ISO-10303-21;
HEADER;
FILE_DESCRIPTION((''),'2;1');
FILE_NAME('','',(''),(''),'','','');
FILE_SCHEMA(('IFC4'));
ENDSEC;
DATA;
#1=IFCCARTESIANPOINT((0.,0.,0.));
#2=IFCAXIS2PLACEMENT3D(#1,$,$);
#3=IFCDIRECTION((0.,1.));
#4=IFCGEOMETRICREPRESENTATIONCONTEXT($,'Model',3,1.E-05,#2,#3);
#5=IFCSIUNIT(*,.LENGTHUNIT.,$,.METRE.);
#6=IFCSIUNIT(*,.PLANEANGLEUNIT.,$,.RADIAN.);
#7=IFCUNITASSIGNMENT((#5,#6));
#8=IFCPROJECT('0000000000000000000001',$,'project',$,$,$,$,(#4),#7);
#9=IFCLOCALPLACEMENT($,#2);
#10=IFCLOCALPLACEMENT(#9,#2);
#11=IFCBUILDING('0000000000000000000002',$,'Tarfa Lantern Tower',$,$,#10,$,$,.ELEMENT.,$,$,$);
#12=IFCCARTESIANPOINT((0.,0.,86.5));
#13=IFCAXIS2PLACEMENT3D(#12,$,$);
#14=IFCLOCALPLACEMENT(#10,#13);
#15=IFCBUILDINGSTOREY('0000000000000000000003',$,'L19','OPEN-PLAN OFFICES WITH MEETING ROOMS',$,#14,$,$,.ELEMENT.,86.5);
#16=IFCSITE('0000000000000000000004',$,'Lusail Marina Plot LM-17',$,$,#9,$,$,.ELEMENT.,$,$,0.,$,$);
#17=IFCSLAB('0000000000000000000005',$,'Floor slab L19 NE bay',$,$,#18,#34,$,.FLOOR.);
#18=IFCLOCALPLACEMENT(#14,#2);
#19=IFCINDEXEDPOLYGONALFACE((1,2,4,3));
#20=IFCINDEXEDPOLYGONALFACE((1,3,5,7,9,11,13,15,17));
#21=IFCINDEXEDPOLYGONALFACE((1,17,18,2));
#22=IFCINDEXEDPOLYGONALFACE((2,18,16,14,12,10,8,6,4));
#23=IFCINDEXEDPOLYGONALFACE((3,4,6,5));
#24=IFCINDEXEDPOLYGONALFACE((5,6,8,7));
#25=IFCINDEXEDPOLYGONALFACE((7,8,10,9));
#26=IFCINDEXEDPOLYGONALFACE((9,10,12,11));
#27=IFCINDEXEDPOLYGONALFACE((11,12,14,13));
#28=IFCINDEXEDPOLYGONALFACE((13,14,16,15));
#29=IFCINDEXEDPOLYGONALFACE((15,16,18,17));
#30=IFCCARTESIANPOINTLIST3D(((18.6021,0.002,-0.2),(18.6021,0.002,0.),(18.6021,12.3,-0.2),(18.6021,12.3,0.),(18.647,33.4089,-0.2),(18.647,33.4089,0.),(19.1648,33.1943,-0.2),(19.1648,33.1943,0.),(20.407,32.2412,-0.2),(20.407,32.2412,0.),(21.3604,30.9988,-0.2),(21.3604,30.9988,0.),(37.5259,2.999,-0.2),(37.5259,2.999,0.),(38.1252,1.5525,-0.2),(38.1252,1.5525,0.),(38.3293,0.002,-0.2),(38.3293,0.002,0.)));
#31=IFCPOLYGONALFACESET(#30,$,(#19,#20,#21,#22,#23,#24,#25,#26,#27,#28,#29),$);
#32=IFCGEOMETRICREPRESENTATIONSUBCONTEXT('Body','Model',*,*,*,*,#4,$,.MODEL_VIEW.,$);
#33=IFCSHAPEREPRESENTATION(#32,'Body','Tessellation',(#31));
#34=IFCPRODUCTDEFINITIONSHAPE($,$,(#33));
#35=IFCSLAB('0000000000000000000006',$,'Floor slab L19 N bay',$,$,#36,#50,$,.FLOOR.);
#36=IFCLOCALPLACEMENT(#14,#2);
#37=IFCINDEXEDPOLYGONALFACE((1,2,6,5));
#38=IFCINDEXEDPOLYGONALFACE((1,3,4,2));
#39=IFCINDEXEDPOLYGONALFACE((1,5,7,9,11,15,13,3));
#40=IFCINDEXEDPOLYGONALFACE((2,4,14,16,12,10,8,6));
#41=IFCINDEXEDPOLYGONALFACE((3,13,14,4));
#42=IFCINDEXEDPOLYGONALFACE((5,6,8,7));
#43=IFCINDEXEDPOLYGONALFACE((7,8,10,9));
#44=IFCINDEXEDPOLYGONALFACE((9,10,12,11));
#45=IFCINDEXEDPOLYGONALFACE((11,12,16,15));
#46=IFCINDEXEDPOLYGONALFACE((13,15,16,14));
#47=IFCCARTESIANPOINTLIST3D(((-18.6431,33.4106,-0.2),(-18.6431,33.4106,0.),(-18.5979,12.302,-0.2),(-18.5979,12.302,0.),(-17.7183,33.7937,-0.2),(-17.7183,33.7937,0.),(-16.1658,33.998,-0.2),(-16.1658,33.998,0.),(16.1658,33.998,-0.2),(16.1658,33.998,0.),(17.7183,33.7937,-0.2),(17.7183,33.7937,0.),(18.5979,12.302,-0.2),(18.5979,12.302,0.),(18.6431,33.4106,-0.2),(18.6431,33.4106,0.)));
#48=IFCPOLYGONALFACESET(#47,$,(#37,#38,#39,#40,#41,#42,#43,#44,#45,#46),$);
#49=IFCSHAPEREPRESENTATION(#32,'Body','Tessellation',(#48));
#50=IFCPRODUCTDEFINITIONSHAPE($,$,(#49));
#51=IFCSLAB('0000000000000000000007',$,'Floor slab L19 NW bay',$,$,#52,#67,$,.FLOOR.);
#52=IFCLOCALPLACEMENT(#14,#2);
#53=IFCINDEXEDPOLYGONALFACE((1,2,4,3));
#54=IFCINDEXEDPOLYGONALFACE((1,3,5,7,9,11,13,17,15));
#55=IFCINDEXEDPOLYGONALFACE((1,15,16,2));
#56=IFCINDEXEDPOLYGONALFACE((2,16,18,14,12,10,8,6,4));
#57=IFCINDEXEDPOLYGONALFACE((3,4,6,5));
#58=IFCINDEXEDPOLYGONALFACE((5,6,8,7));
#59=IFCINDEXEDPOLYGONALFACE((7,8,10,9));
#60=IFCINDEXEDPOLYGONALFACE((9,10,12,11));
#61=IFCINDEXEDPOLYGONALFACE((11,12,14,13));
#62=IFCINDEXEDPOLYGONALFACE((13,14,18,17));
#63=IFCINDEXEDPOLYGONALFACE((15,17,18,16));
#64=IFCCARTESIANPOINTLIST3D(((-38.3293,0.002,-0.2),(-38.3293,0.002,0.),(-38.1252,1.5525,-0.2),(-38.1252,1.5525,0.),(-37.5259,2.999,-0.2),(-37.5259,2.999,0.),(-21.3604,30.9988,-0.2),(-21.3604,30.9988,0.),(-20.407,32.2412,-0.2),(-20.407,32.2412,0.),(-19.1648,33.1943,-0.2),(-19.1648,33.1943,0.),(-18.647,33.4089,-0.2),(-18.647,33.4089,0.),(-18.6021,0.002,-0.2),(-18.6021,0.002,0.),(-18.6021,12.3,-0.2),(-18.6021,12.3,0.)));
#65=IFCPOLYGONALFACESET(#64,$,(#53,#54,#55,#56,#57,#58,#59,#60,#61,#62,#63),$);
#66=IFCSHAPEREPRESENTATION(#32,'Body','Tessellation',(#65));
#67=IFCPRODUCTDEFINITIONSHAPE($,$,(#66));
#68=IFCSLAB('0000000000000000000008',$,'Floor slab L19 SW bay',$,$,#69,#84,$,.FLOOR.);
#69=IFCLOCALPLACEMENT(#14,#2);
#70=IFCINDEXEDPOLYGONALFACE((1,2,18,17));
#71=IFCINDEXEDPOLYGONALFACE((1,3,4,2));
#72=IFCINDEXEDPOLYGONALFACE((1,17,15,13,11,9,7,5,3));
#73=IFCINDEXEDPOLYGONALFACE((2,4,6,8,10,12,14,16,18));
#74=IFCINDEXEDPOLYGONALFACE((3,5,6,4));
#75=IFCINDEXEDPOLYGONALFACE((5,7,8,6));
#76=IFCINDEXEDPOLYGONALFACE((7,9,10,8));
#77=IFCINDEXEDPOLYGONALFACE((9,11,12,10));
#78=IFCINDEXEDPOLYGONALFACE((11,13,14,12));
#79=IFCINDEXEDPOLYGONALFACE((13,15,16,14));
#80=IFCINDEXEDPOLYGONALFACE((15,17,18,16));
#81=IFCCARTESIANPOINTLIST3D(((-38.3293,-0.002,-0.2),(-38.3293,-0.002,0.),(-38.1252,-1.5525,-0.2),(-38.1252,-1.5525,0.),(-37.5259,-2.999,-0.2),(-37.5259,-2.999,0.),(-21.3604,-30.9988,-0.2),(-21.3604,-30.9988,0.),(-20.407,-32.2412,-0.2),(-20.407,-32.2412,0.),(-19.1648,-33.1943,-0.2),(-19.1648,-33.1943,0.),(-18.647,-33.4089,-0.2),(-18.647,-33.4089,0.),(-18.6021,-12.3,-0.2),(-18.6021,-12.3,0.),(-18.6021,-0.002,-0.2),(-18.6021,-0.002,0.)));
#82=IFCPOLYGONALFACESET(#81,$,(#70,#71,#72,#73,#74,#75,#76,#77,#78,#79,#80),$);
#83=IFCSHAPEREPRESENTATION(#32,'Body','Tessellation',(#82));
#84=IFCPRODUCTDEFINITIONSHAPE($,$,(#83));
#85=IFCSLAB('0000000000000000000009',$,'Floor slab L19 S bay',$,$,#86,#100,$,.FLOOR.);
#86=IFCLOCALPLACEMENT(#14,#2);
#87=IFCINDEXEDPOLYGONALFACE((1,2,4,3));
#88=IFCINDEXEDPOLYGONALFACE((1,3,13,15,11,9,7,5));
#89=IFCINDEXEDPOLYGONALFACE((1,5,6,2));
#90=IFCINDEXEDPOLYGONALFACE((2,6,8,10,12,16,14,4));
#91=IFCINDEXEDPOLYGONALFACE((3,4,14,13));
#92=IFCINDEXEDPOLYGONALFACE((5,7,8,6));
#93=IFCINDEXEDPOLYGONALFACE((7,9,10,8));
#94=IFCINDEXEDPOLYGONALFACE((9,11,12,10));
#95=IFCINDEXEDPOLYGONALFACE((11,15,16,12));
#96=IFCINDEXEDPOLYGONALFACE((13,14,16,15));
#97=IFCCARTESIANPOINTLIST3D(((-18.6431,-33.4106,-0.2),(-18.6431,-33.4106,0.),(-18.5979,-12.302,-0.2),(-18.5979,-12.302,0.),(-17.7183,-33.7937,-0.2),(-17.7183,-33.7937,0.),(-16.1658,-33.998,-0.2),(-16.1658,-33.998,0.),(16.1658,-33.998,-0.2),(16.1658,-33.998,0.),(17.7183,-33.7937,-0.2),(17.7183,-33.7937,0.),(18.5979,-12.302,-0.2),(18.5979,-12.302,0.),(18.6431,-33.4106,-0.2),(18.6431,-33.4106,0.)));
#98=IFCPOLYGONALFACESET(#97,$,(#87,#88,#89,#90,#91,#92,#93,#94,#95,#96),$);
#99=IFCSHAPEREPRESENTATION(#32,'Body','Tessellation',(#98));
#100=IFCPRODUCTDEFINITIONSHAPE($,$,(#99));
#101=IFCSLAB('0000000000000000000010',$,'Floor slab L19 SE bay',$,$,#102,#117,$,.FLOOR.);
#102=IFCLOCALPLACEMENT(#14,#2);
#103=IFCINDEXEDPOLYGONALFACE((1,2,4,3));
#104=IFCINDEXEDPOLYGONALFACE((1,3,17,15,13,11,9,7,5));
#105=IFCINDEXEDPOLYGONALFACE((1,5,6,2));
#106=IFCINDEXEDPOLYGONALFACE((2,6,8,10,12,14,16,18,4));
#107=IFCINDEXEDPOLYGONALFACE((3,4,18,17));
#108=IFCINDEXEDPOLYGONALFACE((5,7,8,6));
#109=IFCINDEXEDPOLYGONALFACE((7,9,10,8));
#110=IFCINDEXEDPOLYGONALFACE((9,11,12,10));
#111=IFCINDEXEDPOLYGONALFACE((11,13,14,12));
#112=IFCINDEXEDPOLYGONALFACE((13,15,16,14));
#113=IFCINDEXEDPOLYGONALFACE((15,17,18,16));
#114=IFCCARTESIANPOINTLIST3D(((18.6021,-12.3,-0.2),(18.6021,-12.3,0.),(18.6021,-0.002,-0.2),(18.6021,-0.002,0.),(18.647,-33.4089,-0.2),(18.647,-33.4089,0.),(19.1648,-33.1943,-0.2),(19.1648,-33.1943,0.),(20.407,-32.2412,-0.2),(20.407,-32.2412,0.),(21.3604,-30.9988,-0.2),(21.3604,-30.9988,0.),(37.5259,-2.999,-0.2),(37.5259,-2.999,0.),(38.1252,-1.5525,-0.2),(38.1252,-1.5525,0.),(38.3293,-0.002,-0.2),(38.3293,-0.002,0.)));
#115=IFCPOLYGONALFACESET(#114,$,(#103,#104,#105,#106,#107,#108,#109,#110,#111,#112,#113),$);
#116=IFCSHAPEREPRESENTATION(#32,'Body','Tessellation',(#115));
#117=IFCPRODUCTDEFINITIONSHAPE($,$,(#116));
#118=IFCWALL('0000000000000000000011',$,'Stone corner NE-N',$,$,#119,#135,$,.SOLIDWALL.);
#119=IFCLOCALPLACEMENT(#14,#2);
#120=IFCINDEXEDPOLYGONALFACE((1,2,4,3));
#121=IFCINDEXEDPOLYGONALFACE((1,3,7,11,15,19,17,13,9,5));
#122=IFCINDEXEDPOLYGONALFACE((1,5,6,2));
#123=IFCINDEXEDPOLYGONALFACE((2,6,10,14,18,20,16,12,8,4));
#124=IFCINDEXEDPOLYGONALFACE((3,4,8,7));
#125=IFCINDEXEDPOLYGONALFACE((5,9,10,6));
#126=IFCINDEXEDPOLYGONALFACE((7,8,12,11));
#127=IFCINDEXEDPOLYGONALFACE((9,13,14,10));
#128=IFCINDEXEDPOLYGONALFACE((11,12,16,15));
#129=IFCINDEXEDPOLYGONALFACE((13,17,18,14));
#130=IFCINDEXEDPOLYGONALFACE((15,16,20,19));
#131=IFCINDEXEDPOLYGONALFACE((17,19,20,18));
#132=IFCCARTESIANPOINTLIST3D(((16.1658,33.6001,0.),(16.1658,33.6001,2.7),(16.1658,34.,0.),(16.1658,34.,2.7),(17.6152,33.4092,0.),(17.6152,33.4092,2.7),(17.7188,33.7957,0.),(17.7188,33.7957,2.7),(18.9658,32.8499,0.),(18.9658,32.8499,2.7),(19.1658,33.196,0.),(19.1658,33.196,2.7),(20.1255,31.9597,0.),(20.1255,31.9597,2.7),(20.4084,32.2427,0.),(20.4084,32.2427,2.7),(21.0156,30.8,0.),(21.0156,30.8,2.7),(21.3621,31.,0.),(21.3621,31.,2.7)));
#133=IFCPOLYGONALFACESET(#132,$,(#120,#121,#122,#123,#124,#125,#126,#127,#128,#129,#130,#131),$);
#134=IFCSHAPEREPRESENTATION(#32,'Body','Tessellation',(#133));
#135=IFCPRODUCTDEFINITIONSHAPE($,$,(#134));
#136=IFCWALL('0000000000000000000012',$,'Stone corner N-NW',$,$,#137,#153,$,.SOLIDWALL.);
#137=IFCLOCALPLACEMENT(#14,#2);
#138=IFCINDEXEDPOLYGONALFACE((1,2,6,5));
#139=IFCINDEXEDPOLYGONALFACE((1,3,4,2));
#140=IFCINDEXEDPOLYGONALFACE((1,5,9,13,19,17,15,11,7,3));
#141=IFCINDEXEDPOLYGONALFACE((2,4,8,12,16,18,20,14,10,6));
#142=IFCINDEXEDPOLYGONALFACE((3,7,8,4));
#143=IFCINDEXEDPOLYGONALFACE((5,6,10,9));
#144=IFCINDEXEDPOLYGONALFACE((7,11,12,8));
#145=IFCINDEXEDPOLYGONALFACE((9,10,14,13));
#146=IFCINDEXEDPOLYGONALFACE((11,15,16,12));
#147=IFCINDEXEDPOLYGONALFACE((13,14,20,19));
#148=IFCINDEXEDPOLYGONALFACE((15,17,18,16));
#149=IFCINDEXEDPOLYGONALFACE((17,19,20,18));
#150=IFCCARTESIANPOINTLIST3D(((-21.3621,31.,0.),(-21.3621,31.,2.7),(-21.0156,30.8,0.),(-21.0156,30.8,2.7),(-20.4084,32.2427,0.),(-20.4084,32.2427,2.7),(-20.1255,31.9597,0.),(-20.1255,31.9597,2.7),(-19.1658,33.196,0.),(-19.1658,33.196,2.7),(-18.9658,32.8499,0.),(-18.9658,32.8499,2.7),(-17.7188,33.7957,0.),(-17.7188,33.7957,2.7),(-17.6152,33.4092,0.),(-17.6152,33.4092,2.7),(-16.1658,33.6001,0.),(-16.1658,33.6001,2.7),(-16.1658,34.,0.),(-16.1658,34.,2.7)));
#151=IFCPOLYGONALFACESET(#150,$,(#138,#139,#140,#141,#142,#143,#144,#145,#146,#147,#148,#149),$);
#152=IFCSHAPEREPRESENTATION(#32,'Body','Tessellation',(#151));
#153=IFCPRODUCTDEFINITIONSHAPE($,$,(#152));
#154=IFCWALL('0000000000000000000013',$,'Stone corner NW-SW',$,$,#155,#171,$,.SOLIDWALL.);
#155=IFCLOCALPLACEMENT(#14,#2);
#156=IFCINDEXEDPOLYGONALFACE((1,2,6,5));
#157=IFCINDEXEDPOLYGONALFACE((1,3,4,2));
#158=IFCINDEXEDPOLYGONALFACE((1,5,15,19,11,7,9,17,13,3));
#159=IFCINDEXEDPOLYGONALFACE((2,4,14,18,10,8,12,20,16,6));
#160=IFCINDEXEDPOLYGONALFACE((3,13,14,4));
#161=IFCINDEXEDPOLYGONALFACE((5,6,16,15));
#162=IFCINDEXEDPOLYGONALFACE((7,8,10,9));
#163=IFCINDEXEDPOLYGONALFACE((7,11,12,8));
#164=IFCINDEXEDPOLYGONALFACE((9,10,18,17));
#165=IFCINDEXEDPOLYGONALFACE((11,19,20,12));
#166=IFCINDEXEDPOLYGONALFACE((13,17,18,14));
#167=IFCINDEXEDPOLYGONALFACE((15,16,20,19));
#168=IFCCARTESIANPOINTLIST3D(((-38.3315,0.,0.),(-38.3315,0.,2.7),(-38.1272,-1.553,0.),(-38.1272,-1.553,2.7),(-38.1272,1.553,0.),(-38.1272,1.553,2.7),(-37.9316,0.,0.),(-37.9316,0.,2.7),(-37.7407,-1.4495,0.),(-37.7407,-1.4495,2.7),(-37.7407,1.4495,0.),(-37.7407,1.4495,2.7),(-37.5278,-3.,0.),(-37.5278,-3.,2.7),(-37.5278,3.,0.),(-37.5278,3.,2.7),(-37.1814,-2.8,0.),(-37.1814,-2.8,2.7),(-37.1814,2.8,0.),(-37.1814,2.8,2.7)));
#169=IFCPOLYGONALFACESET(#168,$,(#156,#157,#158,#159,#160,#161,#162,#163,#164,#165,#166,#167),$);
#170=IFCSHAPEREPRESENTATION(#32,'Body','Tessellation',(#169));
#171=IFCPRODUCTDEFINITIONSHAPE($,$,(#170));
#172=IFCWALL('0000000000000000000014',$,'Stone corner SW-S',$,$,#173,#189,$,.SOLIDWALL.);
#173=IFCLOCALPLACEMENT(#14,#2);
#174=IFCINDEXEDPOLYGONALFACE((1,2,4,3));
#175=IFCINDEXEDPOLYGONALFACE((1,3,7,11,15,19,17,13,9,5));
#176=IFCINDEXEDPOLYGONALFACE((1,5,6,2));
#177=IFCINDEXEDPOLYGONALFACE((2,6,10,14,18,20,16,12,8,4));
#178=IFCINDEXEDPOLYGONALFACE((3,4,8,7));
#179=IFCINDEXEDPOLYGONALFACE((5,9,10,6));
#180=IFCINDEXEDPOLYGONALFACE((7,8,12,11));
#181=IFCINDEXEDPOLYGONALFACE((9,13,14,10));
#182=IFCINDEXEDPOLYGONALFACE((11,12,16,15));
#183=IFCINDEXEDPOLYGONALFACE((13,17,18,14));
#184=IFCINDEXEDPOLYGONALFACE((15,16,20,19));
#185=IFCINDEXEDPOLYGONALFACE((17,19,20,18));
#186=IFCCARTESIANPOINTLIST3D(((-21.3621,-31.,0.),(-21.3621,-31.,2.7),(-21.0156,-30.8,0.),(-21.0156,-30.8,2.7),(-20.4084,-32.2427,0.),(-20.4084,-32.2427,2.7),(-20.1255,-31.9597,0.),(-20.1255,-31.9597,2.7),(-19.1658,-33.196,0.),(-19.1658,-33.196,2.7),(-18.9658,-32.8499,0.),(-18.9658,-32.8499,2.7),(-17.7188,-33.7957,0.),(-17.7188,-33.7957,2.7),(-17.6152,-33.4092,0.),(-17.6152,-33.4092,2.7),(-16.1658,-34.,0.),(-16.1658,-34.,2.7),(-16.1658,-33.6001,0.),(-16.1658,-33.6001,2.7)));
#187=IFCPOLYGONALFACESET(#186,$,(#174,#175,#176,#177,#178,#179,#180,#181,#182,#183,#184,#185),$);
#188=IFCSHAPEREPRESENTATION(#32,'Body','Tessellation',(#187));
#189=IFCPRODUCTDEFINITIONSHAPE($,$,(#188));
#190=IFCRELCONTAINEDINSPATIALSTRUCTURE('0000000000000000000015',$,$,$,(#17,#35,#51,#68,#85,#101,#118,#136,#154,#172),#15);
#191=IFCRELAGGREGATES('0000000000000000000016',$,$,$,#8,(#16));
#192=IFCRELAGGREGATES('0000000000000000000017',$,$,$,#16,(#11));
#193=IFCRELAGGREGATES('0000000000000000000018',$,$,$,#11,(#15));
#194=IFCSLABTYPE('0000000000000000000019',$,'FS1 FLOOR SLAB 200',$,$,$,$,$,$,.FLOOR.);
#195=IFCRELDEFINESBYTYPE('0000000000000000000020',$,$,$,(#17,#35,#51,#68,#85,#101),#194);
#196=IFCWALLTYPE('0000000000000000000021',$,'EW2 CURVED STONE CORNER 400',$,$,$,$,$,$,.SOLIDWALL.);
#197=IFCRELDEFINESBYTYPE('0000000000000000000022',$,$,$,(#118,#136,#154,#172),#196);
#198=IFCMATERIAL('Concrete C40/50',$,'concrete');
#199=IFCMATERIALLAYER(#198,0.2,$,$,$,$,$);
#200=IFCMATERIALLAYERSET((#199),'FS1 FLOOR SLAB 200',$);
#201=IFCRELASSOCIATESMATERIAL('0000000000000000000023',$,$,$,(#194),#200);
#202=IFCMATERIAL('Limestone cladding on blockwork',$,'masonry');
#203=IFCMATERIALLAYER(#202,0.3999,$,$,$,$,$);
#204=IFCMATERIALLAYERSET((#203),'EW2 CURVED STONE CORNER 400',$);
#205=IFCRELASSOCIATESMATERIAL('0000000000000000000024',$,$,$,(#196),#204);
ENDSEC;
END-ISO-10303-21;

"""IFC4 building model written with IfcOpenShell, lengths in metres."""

from ifc_helpers import new_model, si_unit, direction, frame, origin, place, context, subcontext, project, spatial, polyline, outline, extrude, material, layer, layer_set, type_object, element, save


model = new_model("IFC4")

# Units and contexts
model_context = context("Model", 3, precision=1e-05, world=origin(), true_north=direction((0.0, 1.0)))
body_context = subcontext(model_context, "Body", "Model", "MODEL_VIEW")
ifc_project = project(units=[si_unit("LENGTHUNIT", "METRE"), si_unit("PLANEANGLEUNIT", "RADIAN")], contexts=[model_context])

# Site, building, storey
site_placement = place(None, origin())
site = spatial("IfcSite", under=ifc_project, at=site_placement, Name="Lusail Marina Plot LM-17", CompositionType="ELEMENT", RefElevation=0.0)
building_placement = place(site_placement, origin())
building = spatial("IfcBuilding", under=site, at=building_placement, Name="Tarfa Lantern Tower", CompositionType="ELEMENT")
storey_placement = place(building_placement, frame((0.0, 0.0, 86.5)))
storey = spatial("IfcBuildingStorey", under=building, at=storey_placement, Name="L19", Description="OPEN-PLAN OFFICES WITH MEETING ROOMS", CompositionType="ELEMENT", Elevation=86.5)

# Slabs
ifc_material_1 = material(Name="Concrete C40/50", Category="concrete")
ifc_layer_1 = layer(ifc_material_1, 0.2)
ifc_layer_set_1 = layer_set([ifc_layer_1], Name="FS1 FLOOR SLAB 200")
slab_type_1 = type_object("IfcSlabType", Name="FS1 FLOOR SLAB 200", PredefinedType="FLOOR", material=ifc_layer_set_1)
slab_1_placement = place(storey_placement, frame((0.0, 0.0, -0.2)))
element("IfcSlab", 1, at=slab_1_placement, inside=storey, type_object=slab_type_1, Name="Floor slab L19 NE bay", PredefinedType="FLOOR", context=body_context, shape_type="SweptSolid", body=[
    extrude(outline(polyline([(37.5259, 2.999), (21.3604, 30.9988), (20.407, 32.2412), (19.1648, 33.1943), (18.647, 33.4089), (18.6021, 12.3), (18.6021, 0.002), (38.3293, 0.002), (38.1252, 1.5525), (37.5259, 2.999)])), origin(), (0.0, 0.0, 1.0), 0.2),
])
slab_2_placement = place(storey_placement, frame((0.0, 0.0, -0.2)))
element("IfcSlab", 2, at=slab_2_placement, inside=storey, type_object=slab_type_1, Name="Floor slab L19 N bay", PredefinedType="FLOOR", context=body_context, shape_type="SweptSolid", body=[
    extrude(outline(polyline([(-18.5979, 12.302), (18.5979, 12.302), (18.6431, 33.4106), (17.7183, 33.7937), (16.1658, 33.998), (-16.1658, 33.998), (-17.7183, 33.7937), (-18.6431, 33.4106), (-18.5979, 12.302)])), origin(), (0.0, 0.0, 1.0), 0.2),
])
slab_3_placement = place(storey_placement, frame((0.0, 0.0, -0.2)))
element("IfcSlab", 3, at=slab_3_placement, inside=storey, type_object=slab_type_1, Name="Floor slab L19 NW bay", PredefinedType="FLOOR", context=body_context, shape_type="SweptSolid", body=[
    extrude(outline(polyline([(-18.6021, 0.002), (-18.6021, 12.3), (-18.647, 33.4089), (-19.1648, 33.1943), (-20.407, 32.2412), (-21.3604, 30.9988), (-37.5259, 2.999), (-38.1252, 1.5525), (-38.3293, 0.002), (-18.6021, 0.002)])), origin(), (0.0, 0.0, 1.0), 0.2),
])
slab_4_placement = place(storey_placement, frame((0.0, 0.0, -0.2)))
element("IfcSlab", 4, at=slab_4_placement, inside=storey, type_object=slab_type_1, Name="Floor slab L19 SW bay", PredefinedType="FLOOR", context=body_context, shape_type="SweptSolid", body=[
    extrude(outline(polyline([(-18.6021, -12.3), (-18.6021, -0.002), (-38.3293, -0.002), (-38.1252, -1.5525), (-37.5259, -2.999), (-21.3604, -30.9988), (-20.407, -32.2412), (-19.1648, -33.1943), (-18.647, -33.4089), (-18.6021, -12.3)])), origin(), (0.0, 0.0, 1.0), 0.2),
])
slab_5_placement = place(storey_placement, frame((0.0, 0.0, -0.2)))
element("IfcSlab", 5, at=slab_5_placement, inside=storey, type_object=slab_type_1, Name="Floor slab L19 S bay", PredefinedType="FLOOR", context=body_context, shape_type="SweptSolid", body=[
    extrude(outline(polyline([(18.5979, -12.302), (-18.5979, -12.302), (-18.6431, -33.4106), (-17.7183, -33.7937), (-16.1658, -33.998), (16.1658, -33.998), (17.7183, -33.7937), (18.6431, -33.4106), (18.5979, -12.302)])), origin(), (0.0, 0.0, 1.0), 0.2),
])
slab_6_placement = place(storey_placement, frame((0.0, 0.0, -0.2)))
element("IfcSlab", 6, at=slab_6_placement, inside=storey, type_object=slab_type_1, Name="Floor slab L19 SE bay", PredefinedType="FLOOR", context=body_context, shape_type="SweptSolid", body=[
    extrude(outline(polyline([(18.6021, -0.002), (18.6021, -12.3), (18.647, -33.4089), (19.1648, -33.1943), (20.407, -32.2412), (21.3604, -30.9988), (37.5259, -2.999), (38.1252, -1.5525), (38.3293, -0.002), (18.6021, -0.002)])), origin(), (0.0, 0.0, 1.0), 0.2),
])

# Walls
ifc_material_2 = material(Name="Limestone cladding on blockwork", Category="masonry")
ifc_layer_2 = layer(ifc_material_2, 0.3999)
ifc_layer_set_2 = layer_set([ifc_layer_2], Name="EW2 CURVED STONE CORNER 400")
wall_type_1 = type_object("IfcWallType", Name="EW2 CURVED STONE CORNER 400", PredefinedType="SOLIDWALL", material=ifc_layer_set_2)
wall_1_placement = place(storey_placement, origin())
element("IfcWall", 7, at=wall_1_placement, inside=storey, type_object=wall_type_1, Name="Stone corner NE-N", PredefinedType="SOLIDWALL", context=body_context, shape_type="SweptSolid", body=[
    extrude(outline(polyline([(21.3621, 31.0), (20.4084, 32.2427), (19.1658, 33.196), (17.7188, 33.7957), (16.1658, 34.0), (16.1658, 33.6001), (17.6152, 33.4092), (18.9658, 32.8499), (20.1255, 31.9597), (21.0156, 30.8), (21.3621, 31.0)])), origin(), (0.0, 0.0, 1.0), 2.7),
])
wall_2_placement = place(storey_placement, origin())
element("IfcWall", 8, at=wall_2_placement, inside=storey, type_object=wall_type_1, Name="Stone corner N-NW", PredefinedType="SOLIDWALL", context=body_context, shape_type="SweptSolid", body=[
    extrude(outline(polyline([(-16.1658, 34.0), (-17.7188, 33.7957), (-19.1658, 33.196), (-20.4084, 32.2427), (-21.3621, 31.0), (-21.0156, 30.8), (-20.1255, 31.9597), (-18.9658, 32.8499), (-17.6152, 33.4092), (-16.1658, 33.6001), (-16.1658, 34.0)])), origin(), (0.0, 0.0, 1.0), 2.7),
])
wall_3_placement = place(storey_placement, origin())
element("IfcWall", 9, at=wall_3_placement, inside=storey, type_object=wall_type_1, Name="Stone corner NW-SW", PredefinedType="SOLIDWALL", context=body_context, shape_type="SweptSolid", body=[
    extrude(outline(polyline([(-37.5278, 3.0), (-38.1272, 1.553), (-38.3315, 0.0), (-38.1272, -1.553), (-37.5278, -3.0), (-37.1814, -2.8), (-37.7407, -1.4495), (-37.9316, 0.0), (-37.7407, 1.4495), (-37.1814, 2.8), (-37.5278, 3.0)])), origin(), (0.0, 0.0, 1.0), 2.7),
])
wall_4_placement = place(storey_placement, origin())
element("IfcWall", 10, at=wall_4_placement, inside=storey, type_object=wall_type_1, Name="Stone corner SW-S", PredefinedType="SOLIDWALL", context=body_context, shape_type="SweptSolid", body=[
    extrude(outline(polyline([(-21.3621, -31.0), (-20.4084, -32.2427), (-19.1658, -33.196), (-17.7188, -33.7957), (-16.1658, -34.0), (-16.1658, -33.6001), (-17.6152, -33.4092), (-18.9658, -32.8499), (-20.1255, -31.9597), (-21.0156, -30.8), (-21.3621, -31.0)])), origin(), (0.0, 0.0, 1.0), 2.7),
])

save(model, "model.ifc")
